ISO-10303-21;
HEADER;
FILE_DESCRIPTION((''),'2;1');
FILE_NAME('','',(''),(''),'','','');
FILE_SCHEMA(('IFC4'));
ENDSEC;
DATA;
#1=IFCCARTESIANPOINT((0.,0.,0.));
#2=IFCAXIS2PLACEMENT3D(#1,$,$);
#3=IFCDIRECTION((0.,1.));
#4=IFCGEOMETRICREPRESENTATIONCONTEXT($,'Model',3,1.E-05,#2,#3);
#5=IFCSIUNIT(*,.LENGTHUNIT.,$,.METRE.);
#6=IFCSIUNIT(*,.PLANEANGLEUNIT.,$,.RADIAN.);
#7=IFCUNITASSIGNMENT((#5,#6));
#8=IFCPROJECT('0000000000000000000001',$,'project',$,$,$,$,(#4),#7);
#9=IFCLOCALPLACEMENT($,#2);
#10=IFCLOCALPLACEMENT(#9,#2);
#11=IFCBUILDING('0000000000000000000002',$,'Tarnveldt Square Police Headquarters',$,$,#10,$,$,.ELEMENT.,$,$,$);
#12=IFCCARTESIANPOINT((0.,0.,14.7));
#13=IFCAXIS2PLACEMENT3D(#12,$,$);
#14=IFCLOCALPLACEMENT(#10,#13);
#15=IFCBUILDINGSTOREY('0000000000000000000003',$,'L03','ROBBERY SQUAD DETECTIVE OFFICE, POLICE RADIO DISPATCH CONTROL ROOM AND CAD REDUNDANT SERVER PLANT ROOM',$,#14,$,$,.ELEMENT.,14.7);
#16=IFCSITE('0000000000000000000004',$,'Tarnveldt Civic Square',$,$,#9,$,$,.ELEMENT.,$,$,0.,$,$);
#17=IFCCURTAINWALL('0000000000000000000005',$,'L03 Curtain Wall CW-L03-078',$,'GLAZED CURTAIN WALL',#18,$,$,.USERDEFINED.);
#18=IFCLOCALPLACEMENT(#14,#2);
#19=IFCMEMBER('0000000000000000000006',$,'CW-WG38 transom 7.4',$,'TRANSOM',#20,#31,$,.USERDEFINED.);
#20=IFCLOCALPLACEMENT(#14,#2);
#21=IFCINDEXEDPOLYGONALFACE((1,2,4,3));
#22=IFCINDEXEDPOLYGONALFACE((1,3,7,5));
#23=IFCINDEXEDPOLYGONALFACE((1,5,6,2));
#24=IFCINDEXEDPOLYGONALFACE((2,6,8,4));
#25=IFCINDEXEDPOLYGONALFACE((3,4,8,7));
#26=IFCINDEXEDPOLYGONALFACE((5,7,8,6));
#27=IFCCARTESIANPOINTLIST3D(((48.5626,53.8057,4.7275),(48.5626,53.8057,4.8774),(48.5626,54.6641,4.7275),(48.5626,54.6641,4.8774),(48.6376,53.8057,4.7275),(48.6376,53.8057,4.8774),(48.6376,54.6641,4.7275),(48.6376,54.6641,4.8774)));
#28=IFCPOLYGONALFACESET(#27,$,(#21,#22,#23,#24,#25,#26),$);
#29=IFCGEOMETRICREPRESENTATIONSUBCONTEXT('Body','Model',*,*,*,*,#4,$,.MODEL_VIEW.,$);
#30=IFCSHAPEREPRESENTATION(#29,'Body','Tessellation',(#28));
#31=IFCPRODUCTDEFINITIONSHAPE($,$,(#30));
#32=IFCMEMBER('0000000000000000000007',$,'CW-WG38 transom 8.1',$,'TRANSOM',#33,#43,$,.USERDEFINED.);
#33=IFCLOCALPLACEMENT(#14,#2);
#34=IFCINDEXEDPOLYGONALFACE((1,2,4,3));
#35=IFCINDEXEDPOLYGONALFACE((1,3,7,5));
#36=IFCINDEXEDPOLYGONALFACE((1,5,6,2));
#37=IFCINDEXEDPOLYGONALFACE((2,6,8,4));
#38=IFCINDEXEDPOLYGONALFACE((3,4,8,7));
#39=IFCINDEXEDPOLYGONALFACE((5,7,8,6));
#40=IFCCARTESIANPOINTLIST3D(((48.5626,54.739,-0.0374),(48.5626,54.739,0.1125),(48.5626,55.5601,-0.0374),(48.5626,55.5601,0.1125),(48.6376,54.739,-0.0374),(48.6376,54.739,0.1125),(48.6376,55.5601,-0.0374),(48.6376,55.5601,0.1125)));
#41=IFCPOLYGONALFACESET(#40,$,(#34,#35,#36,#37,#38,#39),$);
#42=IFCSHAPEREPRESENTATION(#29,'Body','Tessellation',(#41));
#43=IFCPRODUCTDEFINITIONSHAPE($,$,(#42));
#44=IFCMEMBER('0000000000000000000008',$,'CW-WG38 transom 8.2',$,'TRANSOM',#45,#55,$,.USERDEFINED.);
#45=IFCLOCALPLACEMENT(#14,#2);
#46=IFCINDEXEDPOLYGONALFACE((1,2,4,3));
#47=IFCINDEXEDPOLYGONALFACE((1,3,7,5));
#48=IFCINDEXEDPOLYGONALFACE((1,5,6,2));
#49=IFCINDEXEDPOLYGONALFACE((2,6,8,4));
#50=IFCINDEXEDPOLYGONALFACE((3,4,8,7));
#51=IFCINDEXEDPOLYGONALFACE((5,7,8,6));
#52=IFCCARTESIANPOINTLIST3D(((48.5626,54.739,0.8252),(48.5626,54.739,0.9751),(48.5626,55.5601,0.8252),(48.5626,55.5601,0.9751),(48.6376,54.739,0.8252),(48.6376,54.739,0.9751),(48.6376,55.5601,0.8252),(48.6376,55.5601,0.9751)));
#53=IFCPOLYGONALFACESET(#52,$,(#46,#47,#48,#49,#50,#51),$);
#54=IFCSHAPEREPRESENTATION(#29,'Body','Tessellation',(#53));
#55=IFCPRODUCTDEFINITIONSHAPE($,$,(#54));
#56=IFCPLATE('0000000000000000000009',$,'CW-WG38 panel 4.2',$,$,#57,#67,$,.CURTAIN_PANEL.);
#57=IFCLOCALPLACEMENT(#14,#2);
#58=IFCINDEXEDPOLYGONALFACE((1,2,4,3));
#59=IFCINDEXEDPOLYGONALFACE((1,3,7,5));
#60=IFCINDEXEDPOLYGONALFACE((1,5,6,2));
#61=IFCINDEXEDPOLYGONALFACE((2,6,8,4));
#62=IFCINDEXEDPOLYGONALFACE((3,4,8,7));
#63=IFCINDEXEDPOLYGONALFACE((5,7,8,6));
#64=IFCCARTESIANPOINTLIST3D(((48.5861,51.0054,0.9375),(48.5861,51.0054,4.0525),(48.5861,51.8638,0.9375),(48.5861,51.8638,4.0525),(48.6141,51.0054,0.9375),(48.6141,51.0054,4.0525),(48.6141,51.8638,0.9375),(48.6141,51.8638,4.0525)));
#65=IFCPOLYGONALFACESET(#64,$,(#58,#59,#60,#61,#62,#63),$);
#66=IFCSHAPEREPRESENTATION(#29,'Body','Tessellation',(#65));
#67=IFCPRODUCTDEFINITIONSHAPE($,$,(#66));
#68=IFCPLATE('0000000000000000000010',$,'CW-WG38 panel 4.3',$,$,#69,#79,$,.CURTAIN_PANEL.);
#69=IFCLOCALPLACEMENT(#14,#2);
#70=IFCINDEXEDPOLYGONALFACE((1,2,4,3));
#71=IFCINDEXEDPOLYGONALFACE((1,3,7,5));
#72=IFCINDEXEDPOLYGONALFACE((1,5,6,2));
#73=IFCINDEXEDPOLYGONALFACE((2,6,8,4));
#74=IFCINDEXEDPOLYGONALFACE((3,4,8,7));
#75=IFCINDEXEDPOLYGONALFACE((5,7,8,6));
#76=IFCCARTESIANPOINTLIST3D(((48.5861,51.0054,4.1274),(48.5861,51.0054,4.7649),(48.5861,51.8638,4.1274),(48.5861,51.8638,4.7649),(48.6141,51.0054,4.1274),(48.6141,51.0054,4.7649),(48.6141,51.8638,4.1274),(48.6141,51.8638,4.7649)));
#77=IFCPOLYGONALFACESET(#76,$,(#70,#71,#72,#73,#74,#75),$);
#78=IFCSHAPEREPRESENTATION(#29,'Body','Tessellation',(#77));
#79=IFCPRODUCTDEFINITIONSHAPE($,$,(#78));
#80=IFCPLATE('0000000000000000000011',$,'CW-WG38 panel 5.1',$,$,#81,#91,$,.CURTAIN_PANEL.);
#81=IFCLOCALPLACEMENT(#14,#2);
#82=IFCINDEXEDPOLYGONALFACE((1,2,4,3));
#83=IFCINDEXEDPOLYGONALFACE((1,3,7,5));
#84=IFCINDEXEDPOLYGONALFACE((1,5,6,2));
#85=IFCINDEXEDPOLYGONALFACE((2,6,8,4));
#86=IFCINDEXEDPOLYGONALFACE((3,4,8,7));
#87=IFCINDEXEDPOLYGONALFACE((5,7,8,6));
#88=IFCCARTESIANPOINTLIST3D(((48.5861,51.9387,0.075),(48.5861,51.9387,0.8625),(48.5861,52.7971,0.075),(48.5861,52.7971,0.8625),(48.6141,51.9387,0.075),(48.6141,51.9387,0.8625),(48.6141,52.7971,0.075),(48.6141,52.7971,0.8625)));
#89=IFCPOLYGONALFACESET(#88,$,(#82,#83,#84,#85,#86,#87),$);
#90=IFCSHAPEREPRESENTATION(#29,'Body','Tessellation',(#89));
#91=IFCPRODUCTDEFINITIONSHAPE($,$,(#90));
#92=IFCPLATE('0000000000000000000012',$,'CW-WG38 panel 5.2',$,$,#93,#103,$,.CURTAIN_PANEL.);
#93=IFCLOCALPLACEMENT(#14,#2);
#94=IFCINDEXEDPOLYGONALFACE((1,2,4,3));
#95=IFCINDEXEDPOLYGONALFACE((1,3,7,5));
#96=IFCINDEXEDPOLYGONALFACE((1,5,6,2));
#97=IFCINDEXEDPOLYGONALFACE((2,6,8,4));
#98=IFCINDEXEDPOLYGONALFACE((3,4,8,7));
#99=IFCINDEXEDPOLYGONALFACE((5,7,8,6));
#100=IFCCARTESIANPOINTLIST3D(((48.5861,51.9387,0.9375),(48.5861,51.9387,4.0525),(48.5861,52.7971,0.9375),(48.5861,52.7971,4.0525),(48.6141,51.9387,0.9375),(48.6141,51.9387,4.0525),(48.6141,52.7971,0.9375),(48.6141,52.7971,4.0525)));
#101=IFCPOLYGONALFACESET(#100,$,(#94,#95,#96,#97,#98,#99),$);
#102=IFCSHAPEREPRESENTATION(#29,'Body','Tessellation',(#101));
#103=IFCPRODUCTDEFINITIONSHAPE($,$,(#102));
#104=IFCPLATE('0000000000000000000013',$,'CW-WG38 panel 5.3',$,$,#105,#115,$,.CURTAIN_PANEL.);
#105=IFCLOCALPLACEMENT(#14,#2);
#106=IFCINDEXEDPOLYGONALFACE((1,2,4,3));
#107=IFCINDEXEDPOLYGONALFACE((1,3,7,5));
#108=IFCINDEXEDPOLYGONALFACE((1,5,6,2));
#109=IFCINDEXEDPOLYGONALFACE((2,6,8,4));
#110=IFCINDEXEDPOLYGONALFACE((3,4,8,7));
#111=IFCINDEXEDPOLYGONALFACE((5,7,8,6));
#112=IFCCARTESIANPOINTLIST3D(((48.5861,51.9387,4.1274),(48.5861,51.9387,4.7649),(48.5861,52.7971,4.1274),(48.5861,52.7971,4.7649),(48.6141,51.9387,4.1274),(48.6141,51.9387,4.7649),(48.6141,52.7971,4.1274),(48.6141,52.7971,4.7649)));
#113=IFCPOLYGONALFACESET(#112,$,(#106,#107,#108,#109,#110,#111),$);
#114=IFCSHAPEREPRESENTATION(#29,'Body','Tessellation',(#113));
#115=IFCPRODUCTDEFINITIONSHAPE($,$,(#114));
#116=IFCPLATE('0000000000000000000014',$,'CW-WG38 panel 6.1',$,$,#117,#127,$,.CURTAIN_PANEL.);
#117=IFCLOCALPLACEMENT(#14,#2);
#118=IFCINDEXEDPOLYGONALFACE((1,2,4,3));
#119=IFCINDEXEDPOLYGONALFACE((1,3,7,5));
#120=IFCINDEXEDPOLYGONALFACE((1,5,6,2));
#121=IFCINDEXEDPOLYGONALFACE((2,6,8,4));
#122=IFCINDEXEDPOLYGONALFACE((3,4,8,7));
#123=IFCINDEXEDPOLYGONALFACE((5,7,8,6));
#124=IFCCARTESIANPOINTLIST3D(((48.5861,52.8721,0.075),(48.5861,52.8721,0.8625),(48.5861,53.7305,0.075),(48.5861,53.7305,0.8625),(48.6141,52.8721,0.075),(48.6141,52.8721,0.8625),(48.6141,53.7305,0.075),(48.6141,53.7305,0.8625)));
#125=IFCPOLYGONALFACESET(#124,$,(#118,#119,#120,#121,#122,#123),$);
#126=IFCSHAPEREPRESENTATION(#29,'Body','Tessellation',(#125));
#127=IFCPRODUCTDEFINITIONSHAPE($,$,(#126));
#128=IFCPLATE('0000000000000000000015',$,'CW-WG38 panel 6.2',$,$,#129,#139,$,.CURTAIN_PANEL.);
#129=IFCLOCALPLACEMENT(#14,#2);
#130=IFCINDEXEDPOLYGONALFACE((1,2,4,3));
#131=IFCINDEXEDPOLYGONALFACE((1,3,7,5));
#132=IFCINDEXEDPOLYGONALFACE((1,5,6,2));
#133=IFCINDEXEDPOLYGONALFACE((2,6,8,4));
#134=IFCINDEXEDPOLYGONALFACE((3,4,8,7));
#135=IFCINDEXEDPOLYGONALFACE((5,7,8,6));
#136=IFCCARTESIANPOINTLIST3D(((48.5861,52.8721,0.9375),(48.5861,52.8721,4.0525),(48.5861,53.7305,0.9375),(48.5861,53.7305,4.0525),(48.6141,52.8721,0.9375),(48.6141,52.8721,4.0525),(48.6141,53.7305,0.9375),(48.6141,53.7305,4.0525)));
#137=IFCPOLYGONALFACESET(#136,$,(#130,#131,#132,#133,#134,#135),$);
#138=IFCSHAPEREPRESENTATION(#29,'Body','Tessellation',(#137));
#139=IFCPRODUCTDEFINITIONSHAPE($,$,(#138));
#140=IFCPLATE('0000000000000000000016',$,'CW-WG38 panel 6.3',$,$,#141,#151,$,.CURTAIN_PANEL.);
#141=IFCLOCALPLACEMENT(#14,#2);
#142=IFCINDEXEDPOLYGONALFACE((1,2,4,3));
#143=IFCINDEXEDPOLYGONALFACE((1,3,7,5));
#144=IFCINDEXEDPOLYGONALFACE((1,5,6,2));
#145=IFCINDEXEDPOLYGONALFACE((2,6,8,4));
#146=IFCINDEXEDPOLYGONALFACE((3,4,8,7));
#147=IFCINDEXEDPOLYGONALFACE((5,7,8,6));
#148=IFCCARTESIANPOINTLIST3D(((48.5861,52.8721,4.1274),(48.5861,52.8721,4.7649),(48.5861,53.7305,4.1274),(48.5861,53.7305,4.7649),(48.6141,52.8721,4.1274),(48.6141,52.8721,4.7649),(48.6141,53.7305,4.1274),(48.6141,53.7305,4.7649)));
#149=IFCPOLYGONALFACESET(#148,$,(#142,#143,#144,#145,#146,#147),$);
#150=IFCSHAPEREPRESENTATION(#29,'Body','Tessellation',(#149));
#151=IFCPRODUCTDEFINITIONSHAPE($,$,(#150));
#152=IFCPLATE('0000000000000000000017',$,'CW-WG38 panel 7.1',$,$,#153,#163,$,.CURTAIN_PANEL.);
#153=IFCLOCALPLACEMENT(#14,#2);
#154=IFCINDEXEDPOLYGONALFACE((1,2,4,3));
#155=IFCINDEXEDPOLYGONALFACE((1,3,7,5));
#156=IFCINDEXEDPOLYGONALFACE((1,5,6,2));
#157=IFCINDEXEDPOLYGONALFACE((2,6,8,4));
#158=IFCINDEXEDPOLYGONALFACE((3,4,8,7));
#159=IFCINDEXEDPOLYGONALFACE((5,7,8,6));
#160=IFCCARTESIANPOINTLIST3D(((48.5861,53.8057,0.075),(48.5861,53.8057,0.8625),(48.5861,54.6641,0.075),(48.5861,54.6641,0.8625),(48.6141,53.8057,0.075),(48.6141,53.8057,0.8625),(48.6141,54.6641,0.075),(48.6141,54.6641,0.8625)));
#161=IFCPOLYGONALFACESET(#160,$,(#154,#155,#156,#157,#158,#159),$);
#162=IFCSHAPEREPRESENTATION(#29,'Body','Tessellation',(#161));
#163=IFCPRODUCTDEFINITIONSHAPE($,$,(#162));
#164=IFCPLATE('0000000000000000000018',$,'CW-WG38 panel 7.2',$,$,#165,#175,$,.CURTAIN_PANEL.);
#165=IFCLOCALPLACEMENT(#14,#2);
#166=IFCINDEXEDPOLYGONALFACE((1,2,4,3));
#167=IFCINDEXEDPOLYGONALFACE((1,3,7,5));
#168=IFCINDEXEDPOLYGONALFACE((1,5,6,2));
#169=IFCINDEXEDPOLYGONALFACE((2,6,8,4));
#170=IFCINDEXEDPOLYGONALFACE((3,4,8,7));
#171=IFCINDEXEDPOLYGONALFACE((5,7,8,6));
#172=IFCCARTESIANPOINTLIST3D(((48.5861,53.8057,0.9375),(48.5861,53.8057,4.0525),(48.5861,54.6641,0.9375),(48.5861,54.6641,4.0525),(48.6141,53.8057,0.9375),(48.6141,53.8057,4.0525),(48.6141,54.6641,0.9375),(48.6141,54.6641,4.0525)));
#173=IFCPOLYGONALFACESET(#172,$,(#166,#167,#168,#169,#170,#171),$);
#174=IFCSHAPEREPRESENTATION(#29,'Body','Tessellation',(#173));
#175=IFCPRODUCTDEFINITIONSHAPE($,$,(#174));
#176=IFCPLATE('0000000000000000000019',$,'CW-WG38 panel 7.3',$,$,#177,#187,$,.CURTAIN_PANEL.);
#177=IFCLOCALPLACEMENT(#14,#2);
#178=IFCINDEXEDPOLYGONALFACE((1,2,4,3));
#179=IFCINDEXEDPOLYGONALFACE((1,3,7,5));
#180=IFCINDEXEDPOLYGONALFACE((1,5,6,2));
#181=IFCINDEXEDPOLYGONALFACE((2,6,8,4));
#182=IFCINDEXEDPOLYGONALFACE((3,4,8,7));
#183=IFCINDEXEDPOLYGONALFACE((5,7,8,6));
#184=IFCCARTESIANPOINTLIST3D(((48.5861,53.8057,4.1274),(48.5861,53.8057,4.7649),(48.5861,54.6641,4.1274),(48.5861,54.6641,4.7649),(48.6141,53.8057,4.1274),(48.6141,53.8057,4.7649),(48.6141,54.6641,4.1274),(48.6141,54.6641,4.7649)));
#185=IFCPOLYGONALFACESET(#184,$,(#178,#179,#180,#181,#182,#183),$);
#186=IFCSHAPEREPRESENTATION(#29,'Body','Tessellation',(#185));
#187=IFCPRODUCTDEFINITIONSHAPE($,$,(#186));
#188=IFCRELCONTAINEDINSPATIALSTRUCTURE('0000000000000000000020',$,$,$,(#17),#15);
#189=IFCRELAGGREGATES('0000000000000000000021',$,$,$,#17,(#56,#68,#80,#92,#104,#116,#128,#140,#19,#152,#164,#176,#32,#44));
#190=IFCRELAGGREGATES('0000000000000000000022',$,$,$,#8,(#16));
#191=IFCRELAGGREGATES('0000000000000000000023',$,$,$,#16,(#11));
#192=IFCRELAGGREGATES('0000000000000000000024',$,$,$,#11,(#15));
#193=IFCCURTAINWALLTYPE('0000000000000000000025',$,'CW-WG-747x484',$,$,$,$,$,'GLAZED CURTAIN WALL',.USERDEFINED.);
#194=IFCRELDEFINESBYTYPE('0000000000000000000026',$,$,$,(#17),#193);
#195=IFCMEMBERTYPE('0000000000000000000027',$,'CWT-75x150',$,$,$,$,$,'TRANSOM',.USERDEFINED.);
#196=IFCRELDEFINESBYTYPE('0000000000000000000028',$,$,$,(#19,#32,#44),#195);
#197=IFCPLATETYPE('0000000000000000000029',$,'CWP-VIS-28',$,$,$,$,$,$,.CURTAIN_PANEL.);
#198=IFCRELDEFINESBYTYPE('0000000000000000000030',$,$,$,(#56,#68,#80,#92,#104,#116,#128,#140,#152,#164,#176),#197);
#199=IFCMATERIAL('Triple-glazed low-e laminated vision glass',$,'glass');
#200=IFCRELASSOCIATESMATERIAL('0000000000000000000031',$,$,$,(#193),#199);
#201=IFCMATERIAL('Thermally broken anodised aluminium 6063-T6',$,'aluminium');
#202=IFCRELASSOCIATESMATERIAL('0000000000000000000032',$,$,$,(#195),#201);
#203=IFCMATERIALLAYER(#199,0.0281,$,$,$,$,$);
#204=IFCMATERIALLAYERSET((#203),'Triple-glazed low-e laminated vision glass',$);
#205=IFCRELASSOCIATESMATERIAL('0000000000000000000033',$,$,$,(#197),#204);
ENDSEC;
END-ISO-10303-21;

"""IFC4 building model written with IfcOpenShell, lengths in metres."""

from ifc_helpers import new_model, si_unit, direction, frame, origin, origin_2d, place, context, subcontext, project, spatial, rectangle, extrude, material, layer, layer_set, material_profile, profile_set, type_object, element, aggregate, save


model = new_model("IFC4")

# Units and contexts
model_context = context("Model", 3, precision=1e-05, world=origin(), true_north=direction((0.0, 1.0)))
body_context = subcontext(model_context, "Body", "Model", "MODEL_VIEW")
ifc_project = project(units=[si_unit("LENGTHUNIT", "METRE"), si_unit("PLANEANGLEUNIT", "RADIAN")], contexts=[model_context])

# Site, building, storey
site_placement = place(None, origin())
site = spatial("IfcSite", under=ifc_project, at=site_placement, Name="Tarnveldt Civic Square", CompositionType="ELEMENT", RefElevation=0.0)
building_placement = place(site_placement, origin())
building = spatial("IfcBuilding", under=site, at=building_placement, Name="Tarnveldt Square Police Headquarters", CompositionType="ELEMENT")
storey_placement = place(building_placement, frame((0.0, 0.0, 14.7)))
storey = spatial("IfcBuildingStorey", under=building, at=storey_placement, Name="L03", Description="ROBBERY SQUAD DETECTIVE OFFICE, POLICE RADIO DISPATCH CONTROL ROOM AND CAD REDUNDANT SERVER PLANT ROOM", CompositionType="ELEMENT", Elevation=14.7)

# Curtain wall, members, plates
ifc_material_1 = material(Name="Triple-glazed low-e laminated vision glass", Category="glass")
curtain_wall_type = type_object("IfcCurtainWallType", Name="CW-WG-747x484", ElementType="GLAZED CURTAIN WALL", PredefinedType="USERDEFINED", material=ifc_material_1)
curtain_wall_placement = place(storey_placement, origin())
curtain_wall = element("IfcCurtainWall", 1, at=curtain_wall_placement, inside=storey, type_object=curtain_wall_type, Name="L03 Curtain Wall CW-L03-078", ObjectType="GLAZED CURTAIN WALL", PredefinedType="USERDEFINED")
ifc_material_2 = material(Name="Thermally broken anodised aluminium 6063-T6", Category="aluminium")
ifc_material_profile_1 = material_profile(ifc_material_2, rectangle(XDim=0.075, YDim=0.1499, at=origin_2d()), Name="CW-T75x150")
ifc_profile_set_1 = profile_set([ifc_material_profile_1], Name="Thermally broken anodised aluminium 6063-T6")
member_type_1 = type_object("IfcMemberType", Name="CWT-75x150", ElementType="TRANSOM", PredefinedType="USERDEFINED", material=ifc_profile_set_1)
member_1_placement = place(storey_placement, frame((48.6001, 53.8057, 4.8025), z_axis=(0.0, 1.0, 0.0), x_axis=(-1.0, 0.0, 0.0)))
member_1 = element("IfcMember", 2, at=member_1_placement, type_object=member_type_1, Name="CW-WG38 transom 7.4", ObjectType="TRANSOM", PredefinedType="USERDEFINED", context=body_context, shape_type="SweptSolid", body=[
    extrude(rectangle(XDim=0.075, YDim=0.1499, at=origin_2d()), origin(), (0.0, 0.0, 1.0), 0.8584),
])
member_2_placement = place(storey_placement, frame((48.6001, 54.739, 0.0376), z_axis=(0.0, 1.0, 0.0), x_axis=(-1.0, 0.0, 0.0)))
member_2 = element("IfcMember", 3, at=member_2_placement, type_object=member_type_1, Name="CW-WG38 transom 8.1", ObjectType="TRANSOM", PredefinedType="USERDEFINED", context=body_context, shape_type="SweptSolid", body=[
    extrude(rectangle(XDim=0.075, YDim=0.1499, at=origin_2d()), origin(), (0.0, 0.0, 1.0), 0.821),
])
member_3_placement = place(storey_placement, frame((48.6001, 54.739, 0.9001), z_axis=(0.0, 1.0, 0.0), x_axis=(-1.0, 0.0, 0.0)))
member_3 = element("IfcMember", 4, at=member_3_placement, type_object=member_type_1, Name="CW-WG38 transom 8.2", ObjectType="TRANSOM", PredefinedType="USERDEFINED", context=body_context, shape_type="SweptSolid", body=[
    extrude(rectangle(XDim=0.075, YDim=0.1499, at=origin_2d()), origin(), (0.0, 0.0, 1.0), 0.821),
])
ifc_layer_1 = layer(ifc_material_1, 0.0281)
ifc_layer_set_1 = layer_set([ifc_layer_1], Name="Triple-glazed low-e laminated vision glass")
plate_type = type_object("IfcPlateType", Name="CWP-VIS-28", PredefinedType="CURTAIN_PANEL", material=ifc_layer_set_1)
plate_1_placement = place(storey_placement, frame((48.6001, 51.4346, 0.9375), z_axis=(0.0, 0.0, 1.0), x_axis=(0.0, 1.0, 0.0)))
plate_1 = element("IfcPlate", 5, at=plate_1_placement, type_object=plate_type, Name="CW-WG38 panel 4.2", PredefinedType="CURTAIN_PANEL", context=body_context, shape_type="SweptSolid", body=[
    extrude(rectangle(XDim=0.8584, YDim=0.0281, at=origin_2d()), origin(), (0.0, 0.0, 1.0), 3.115),
])
plate_2_placement = place(storey_placement, frame((48.6001, 51.4346, 4.1274), z_axis=(0.0, 0.0, 1.0), x_axis=(0.0, 1.0, 0.0)))
plate_2 = element("IfcPlate", 6, at=plate_2_placement, type_object=plate_type, Name="CW-WG38 panel 4.3", PredefinedType="CURTAIN_PANEL", context=body_context, shape_type="SweptSolid", body=[
    extrude(rectangle(XDim=0.8584, YDim=0.0281, at=origin_2d()), origin(), (0.0, 0.0, 1.0), 0.6375),
])
plate_3_placement = place(storey_placement, frame((48.6001, 52.3679, 0.075), z_axis=(0.0, 0.0, 1.0), x_axis=(0.0, 1.0, 0.0)))
plate_3 = element("IfcPlate", 7, at=plate_3_placement, type_object=plate_type, Name="CW-WG38 panel 5.1", PredefinedType="CURTAIN_PANEL", context=body_context, shape_type="SweptSolid", body=[
    extrude(rectangle(XDim=0.8584, YDim=0.0281, at=origin_2d()), origin(), (0.0, 0.0, 1.0), 0.7876),
])
plate_4_placement = place(storey_placement, frame((48.6001, 52.3679, 0.9375), z_axis=(0.0, 0.0, 1.0), x_axis=(0.0, 1.0, 0.0)))
plate_4 = element("IfcPlate", 8, at=plate_4_placement, type_object=plate_type, Name="CW-WG38 panel 5.2", PredefinedType="CURTAIN_PANEL", context=body_context, shape_type="SweptSolid", body=[
    extrude(rectangle(XDim=0.8584, YDim=0.0281, at=origin_2d()), origin(), (0.0, 0.0, 1.0), 3.115),
])
plate_5_placement = place(storey_placement, frame((48.6001, 52.3679, 4.1274), z_axis=(0.0, 0.0, 1.0), x_axis=(0.0, 1.0, 0.0)))
plate_5 = element("IfcPlate", 9, at=plate_5_placement, type_object=plate_type, Name="CW-WG38 panel 5.3", PredefinedType="CURTAIN_PANEL", context=body_context, shape_type="SweptSolid", body=[
    extrude(rectangle(XDim=0.8584, YDim=0.0281, at=origin_2d()), origin(), (0.0, 0.0, 1.0), 0.6375),
])
plate_6_placement = place(storey_placement, frame((48.6001, 53.3013, 0.075), z_axis=(0.0, 0.0, 1.0), x_axis=(0.0, 1.0, 0.0)))
plate_6 = element("IfcPlate", 10, at=plate_6_placement, type_object=plate_type, Name="CW-WG38 panel 6.1", PredefinedType="CURTAIN_PANEL", context=body_context, shape_type="SweptSolid", body=[
    extrude(rectangle(XDim=0.8584, YDim=0.0281, at=origin_2d()), origin(), (0.0, 0.0, 1.0), 0.7876),
])
plate_7_placement = place(storey_placement, frame((48.6001, 53.3013, 0.9375), z_axis=(0.0, 0.0, 1.0), x_axis=(0.0, 1.0, 0.0)))
plate_7 = element("IfcPlate", 11, at=plate_7_placement, type_object=plate_type, Name="CW-WG38 panel 6.2", PredefinedType="CURTAIN_PANEL", context=body_context, shape_type="SweptSolid", body=[
    extrude(rectangle(XDim=0.8584, YDim=0.0281, at=origin_2d()), origin(), (0.0, 0.0, 1.0), 3.115),
])
plate_8_placement = place(storey_placement, frame((48.6001, 53.3013, 4.1274), z_axis=(0.0, 0.0, 1.0), x_axis=(0.0, 1.0, 0.0)))
plate_8 = element("IfcPlate", 12, at=plate_8_placement, type_object=plate_type, Name="CW-WG38 panel 6.3", PredefinedType="CURTAIN_PANEL", context=body_context, shape_type="SweptSolid", body=[
    extrude(rectangle(XDim=0.8584, YDim=0.0281, at=origin_2d()), origin(), (0.0, 0.0, 1.0), 0.6375),
])
plate_9_placement = place(storey_placement, frame((48.6001, 54.2349, 0.075), z_axis=(0.0, 0.0, 1.0), x_axis=(0.0, 1.0, 0.0)))
plate_9 = element("IfcPlate", 13, at=plate_9_placement, type_object=plate_type, Name="CW-WG38 panel 7.1", PredefinedType="CURTAIN_PANEL", context=body_context, shape_type="SweptSolid", body=[
    extrude(rectangle(XDim=0.8584, YDim=0.0281, at=origin_2d()), origin(), (0.0, 0.0, 1.0), 0.7876),
])
plate_10_placement = place(storey_placement, frame((48.6001, 54.2349, 0.9375), z_axis=(0.0, 0.0, 1.0), x_axis=(0.0, 1.0, 0.0)))
plate_10 = element("IfcPlate", 14, at=plate_10_placement, type_object=plate_type, Name="CW-WG38 panel 7.2", PredefinedType="CURTAIN_PANEL", context=body_context, shape_type="SweptSolid", body=[
    extrude(rectangle(XDim=0.8584, YDim=0.0281, at=origin_2d()), origin(), (0.0, 0.0, 1.0), 3.115),
])
plate_11_placement = place(storey_placement, frame((48.6001, 54.2349, 4.1274), z_axis=(0.0, 0.0, 1.0), x_axis=(0.0, 1.0, 0.0)))
plate_11 = element("IfcPlate", 15, at=plate_11_placement, type_object=plate_type, Name="CW-WG38 panel 7.3", PredefinedType="CURTAIN_PANEL", context=body_context, shape_type="SweptSolid", body=[
    extrude(rectangle(XDim=0.8584, YDim=0.0281, at=origin_2d()), origin(), (0.0, 0.0, 1.0), 0.6375),
])
aggregate(curtain_wall, [plate_1, plate_2, plate_3, plate_4, plate_5, plate_6, plate_7, plate_8, member_1, plate_9, plate_10, plate_11, member_2, member_3])

save(model, "model.ifc")
